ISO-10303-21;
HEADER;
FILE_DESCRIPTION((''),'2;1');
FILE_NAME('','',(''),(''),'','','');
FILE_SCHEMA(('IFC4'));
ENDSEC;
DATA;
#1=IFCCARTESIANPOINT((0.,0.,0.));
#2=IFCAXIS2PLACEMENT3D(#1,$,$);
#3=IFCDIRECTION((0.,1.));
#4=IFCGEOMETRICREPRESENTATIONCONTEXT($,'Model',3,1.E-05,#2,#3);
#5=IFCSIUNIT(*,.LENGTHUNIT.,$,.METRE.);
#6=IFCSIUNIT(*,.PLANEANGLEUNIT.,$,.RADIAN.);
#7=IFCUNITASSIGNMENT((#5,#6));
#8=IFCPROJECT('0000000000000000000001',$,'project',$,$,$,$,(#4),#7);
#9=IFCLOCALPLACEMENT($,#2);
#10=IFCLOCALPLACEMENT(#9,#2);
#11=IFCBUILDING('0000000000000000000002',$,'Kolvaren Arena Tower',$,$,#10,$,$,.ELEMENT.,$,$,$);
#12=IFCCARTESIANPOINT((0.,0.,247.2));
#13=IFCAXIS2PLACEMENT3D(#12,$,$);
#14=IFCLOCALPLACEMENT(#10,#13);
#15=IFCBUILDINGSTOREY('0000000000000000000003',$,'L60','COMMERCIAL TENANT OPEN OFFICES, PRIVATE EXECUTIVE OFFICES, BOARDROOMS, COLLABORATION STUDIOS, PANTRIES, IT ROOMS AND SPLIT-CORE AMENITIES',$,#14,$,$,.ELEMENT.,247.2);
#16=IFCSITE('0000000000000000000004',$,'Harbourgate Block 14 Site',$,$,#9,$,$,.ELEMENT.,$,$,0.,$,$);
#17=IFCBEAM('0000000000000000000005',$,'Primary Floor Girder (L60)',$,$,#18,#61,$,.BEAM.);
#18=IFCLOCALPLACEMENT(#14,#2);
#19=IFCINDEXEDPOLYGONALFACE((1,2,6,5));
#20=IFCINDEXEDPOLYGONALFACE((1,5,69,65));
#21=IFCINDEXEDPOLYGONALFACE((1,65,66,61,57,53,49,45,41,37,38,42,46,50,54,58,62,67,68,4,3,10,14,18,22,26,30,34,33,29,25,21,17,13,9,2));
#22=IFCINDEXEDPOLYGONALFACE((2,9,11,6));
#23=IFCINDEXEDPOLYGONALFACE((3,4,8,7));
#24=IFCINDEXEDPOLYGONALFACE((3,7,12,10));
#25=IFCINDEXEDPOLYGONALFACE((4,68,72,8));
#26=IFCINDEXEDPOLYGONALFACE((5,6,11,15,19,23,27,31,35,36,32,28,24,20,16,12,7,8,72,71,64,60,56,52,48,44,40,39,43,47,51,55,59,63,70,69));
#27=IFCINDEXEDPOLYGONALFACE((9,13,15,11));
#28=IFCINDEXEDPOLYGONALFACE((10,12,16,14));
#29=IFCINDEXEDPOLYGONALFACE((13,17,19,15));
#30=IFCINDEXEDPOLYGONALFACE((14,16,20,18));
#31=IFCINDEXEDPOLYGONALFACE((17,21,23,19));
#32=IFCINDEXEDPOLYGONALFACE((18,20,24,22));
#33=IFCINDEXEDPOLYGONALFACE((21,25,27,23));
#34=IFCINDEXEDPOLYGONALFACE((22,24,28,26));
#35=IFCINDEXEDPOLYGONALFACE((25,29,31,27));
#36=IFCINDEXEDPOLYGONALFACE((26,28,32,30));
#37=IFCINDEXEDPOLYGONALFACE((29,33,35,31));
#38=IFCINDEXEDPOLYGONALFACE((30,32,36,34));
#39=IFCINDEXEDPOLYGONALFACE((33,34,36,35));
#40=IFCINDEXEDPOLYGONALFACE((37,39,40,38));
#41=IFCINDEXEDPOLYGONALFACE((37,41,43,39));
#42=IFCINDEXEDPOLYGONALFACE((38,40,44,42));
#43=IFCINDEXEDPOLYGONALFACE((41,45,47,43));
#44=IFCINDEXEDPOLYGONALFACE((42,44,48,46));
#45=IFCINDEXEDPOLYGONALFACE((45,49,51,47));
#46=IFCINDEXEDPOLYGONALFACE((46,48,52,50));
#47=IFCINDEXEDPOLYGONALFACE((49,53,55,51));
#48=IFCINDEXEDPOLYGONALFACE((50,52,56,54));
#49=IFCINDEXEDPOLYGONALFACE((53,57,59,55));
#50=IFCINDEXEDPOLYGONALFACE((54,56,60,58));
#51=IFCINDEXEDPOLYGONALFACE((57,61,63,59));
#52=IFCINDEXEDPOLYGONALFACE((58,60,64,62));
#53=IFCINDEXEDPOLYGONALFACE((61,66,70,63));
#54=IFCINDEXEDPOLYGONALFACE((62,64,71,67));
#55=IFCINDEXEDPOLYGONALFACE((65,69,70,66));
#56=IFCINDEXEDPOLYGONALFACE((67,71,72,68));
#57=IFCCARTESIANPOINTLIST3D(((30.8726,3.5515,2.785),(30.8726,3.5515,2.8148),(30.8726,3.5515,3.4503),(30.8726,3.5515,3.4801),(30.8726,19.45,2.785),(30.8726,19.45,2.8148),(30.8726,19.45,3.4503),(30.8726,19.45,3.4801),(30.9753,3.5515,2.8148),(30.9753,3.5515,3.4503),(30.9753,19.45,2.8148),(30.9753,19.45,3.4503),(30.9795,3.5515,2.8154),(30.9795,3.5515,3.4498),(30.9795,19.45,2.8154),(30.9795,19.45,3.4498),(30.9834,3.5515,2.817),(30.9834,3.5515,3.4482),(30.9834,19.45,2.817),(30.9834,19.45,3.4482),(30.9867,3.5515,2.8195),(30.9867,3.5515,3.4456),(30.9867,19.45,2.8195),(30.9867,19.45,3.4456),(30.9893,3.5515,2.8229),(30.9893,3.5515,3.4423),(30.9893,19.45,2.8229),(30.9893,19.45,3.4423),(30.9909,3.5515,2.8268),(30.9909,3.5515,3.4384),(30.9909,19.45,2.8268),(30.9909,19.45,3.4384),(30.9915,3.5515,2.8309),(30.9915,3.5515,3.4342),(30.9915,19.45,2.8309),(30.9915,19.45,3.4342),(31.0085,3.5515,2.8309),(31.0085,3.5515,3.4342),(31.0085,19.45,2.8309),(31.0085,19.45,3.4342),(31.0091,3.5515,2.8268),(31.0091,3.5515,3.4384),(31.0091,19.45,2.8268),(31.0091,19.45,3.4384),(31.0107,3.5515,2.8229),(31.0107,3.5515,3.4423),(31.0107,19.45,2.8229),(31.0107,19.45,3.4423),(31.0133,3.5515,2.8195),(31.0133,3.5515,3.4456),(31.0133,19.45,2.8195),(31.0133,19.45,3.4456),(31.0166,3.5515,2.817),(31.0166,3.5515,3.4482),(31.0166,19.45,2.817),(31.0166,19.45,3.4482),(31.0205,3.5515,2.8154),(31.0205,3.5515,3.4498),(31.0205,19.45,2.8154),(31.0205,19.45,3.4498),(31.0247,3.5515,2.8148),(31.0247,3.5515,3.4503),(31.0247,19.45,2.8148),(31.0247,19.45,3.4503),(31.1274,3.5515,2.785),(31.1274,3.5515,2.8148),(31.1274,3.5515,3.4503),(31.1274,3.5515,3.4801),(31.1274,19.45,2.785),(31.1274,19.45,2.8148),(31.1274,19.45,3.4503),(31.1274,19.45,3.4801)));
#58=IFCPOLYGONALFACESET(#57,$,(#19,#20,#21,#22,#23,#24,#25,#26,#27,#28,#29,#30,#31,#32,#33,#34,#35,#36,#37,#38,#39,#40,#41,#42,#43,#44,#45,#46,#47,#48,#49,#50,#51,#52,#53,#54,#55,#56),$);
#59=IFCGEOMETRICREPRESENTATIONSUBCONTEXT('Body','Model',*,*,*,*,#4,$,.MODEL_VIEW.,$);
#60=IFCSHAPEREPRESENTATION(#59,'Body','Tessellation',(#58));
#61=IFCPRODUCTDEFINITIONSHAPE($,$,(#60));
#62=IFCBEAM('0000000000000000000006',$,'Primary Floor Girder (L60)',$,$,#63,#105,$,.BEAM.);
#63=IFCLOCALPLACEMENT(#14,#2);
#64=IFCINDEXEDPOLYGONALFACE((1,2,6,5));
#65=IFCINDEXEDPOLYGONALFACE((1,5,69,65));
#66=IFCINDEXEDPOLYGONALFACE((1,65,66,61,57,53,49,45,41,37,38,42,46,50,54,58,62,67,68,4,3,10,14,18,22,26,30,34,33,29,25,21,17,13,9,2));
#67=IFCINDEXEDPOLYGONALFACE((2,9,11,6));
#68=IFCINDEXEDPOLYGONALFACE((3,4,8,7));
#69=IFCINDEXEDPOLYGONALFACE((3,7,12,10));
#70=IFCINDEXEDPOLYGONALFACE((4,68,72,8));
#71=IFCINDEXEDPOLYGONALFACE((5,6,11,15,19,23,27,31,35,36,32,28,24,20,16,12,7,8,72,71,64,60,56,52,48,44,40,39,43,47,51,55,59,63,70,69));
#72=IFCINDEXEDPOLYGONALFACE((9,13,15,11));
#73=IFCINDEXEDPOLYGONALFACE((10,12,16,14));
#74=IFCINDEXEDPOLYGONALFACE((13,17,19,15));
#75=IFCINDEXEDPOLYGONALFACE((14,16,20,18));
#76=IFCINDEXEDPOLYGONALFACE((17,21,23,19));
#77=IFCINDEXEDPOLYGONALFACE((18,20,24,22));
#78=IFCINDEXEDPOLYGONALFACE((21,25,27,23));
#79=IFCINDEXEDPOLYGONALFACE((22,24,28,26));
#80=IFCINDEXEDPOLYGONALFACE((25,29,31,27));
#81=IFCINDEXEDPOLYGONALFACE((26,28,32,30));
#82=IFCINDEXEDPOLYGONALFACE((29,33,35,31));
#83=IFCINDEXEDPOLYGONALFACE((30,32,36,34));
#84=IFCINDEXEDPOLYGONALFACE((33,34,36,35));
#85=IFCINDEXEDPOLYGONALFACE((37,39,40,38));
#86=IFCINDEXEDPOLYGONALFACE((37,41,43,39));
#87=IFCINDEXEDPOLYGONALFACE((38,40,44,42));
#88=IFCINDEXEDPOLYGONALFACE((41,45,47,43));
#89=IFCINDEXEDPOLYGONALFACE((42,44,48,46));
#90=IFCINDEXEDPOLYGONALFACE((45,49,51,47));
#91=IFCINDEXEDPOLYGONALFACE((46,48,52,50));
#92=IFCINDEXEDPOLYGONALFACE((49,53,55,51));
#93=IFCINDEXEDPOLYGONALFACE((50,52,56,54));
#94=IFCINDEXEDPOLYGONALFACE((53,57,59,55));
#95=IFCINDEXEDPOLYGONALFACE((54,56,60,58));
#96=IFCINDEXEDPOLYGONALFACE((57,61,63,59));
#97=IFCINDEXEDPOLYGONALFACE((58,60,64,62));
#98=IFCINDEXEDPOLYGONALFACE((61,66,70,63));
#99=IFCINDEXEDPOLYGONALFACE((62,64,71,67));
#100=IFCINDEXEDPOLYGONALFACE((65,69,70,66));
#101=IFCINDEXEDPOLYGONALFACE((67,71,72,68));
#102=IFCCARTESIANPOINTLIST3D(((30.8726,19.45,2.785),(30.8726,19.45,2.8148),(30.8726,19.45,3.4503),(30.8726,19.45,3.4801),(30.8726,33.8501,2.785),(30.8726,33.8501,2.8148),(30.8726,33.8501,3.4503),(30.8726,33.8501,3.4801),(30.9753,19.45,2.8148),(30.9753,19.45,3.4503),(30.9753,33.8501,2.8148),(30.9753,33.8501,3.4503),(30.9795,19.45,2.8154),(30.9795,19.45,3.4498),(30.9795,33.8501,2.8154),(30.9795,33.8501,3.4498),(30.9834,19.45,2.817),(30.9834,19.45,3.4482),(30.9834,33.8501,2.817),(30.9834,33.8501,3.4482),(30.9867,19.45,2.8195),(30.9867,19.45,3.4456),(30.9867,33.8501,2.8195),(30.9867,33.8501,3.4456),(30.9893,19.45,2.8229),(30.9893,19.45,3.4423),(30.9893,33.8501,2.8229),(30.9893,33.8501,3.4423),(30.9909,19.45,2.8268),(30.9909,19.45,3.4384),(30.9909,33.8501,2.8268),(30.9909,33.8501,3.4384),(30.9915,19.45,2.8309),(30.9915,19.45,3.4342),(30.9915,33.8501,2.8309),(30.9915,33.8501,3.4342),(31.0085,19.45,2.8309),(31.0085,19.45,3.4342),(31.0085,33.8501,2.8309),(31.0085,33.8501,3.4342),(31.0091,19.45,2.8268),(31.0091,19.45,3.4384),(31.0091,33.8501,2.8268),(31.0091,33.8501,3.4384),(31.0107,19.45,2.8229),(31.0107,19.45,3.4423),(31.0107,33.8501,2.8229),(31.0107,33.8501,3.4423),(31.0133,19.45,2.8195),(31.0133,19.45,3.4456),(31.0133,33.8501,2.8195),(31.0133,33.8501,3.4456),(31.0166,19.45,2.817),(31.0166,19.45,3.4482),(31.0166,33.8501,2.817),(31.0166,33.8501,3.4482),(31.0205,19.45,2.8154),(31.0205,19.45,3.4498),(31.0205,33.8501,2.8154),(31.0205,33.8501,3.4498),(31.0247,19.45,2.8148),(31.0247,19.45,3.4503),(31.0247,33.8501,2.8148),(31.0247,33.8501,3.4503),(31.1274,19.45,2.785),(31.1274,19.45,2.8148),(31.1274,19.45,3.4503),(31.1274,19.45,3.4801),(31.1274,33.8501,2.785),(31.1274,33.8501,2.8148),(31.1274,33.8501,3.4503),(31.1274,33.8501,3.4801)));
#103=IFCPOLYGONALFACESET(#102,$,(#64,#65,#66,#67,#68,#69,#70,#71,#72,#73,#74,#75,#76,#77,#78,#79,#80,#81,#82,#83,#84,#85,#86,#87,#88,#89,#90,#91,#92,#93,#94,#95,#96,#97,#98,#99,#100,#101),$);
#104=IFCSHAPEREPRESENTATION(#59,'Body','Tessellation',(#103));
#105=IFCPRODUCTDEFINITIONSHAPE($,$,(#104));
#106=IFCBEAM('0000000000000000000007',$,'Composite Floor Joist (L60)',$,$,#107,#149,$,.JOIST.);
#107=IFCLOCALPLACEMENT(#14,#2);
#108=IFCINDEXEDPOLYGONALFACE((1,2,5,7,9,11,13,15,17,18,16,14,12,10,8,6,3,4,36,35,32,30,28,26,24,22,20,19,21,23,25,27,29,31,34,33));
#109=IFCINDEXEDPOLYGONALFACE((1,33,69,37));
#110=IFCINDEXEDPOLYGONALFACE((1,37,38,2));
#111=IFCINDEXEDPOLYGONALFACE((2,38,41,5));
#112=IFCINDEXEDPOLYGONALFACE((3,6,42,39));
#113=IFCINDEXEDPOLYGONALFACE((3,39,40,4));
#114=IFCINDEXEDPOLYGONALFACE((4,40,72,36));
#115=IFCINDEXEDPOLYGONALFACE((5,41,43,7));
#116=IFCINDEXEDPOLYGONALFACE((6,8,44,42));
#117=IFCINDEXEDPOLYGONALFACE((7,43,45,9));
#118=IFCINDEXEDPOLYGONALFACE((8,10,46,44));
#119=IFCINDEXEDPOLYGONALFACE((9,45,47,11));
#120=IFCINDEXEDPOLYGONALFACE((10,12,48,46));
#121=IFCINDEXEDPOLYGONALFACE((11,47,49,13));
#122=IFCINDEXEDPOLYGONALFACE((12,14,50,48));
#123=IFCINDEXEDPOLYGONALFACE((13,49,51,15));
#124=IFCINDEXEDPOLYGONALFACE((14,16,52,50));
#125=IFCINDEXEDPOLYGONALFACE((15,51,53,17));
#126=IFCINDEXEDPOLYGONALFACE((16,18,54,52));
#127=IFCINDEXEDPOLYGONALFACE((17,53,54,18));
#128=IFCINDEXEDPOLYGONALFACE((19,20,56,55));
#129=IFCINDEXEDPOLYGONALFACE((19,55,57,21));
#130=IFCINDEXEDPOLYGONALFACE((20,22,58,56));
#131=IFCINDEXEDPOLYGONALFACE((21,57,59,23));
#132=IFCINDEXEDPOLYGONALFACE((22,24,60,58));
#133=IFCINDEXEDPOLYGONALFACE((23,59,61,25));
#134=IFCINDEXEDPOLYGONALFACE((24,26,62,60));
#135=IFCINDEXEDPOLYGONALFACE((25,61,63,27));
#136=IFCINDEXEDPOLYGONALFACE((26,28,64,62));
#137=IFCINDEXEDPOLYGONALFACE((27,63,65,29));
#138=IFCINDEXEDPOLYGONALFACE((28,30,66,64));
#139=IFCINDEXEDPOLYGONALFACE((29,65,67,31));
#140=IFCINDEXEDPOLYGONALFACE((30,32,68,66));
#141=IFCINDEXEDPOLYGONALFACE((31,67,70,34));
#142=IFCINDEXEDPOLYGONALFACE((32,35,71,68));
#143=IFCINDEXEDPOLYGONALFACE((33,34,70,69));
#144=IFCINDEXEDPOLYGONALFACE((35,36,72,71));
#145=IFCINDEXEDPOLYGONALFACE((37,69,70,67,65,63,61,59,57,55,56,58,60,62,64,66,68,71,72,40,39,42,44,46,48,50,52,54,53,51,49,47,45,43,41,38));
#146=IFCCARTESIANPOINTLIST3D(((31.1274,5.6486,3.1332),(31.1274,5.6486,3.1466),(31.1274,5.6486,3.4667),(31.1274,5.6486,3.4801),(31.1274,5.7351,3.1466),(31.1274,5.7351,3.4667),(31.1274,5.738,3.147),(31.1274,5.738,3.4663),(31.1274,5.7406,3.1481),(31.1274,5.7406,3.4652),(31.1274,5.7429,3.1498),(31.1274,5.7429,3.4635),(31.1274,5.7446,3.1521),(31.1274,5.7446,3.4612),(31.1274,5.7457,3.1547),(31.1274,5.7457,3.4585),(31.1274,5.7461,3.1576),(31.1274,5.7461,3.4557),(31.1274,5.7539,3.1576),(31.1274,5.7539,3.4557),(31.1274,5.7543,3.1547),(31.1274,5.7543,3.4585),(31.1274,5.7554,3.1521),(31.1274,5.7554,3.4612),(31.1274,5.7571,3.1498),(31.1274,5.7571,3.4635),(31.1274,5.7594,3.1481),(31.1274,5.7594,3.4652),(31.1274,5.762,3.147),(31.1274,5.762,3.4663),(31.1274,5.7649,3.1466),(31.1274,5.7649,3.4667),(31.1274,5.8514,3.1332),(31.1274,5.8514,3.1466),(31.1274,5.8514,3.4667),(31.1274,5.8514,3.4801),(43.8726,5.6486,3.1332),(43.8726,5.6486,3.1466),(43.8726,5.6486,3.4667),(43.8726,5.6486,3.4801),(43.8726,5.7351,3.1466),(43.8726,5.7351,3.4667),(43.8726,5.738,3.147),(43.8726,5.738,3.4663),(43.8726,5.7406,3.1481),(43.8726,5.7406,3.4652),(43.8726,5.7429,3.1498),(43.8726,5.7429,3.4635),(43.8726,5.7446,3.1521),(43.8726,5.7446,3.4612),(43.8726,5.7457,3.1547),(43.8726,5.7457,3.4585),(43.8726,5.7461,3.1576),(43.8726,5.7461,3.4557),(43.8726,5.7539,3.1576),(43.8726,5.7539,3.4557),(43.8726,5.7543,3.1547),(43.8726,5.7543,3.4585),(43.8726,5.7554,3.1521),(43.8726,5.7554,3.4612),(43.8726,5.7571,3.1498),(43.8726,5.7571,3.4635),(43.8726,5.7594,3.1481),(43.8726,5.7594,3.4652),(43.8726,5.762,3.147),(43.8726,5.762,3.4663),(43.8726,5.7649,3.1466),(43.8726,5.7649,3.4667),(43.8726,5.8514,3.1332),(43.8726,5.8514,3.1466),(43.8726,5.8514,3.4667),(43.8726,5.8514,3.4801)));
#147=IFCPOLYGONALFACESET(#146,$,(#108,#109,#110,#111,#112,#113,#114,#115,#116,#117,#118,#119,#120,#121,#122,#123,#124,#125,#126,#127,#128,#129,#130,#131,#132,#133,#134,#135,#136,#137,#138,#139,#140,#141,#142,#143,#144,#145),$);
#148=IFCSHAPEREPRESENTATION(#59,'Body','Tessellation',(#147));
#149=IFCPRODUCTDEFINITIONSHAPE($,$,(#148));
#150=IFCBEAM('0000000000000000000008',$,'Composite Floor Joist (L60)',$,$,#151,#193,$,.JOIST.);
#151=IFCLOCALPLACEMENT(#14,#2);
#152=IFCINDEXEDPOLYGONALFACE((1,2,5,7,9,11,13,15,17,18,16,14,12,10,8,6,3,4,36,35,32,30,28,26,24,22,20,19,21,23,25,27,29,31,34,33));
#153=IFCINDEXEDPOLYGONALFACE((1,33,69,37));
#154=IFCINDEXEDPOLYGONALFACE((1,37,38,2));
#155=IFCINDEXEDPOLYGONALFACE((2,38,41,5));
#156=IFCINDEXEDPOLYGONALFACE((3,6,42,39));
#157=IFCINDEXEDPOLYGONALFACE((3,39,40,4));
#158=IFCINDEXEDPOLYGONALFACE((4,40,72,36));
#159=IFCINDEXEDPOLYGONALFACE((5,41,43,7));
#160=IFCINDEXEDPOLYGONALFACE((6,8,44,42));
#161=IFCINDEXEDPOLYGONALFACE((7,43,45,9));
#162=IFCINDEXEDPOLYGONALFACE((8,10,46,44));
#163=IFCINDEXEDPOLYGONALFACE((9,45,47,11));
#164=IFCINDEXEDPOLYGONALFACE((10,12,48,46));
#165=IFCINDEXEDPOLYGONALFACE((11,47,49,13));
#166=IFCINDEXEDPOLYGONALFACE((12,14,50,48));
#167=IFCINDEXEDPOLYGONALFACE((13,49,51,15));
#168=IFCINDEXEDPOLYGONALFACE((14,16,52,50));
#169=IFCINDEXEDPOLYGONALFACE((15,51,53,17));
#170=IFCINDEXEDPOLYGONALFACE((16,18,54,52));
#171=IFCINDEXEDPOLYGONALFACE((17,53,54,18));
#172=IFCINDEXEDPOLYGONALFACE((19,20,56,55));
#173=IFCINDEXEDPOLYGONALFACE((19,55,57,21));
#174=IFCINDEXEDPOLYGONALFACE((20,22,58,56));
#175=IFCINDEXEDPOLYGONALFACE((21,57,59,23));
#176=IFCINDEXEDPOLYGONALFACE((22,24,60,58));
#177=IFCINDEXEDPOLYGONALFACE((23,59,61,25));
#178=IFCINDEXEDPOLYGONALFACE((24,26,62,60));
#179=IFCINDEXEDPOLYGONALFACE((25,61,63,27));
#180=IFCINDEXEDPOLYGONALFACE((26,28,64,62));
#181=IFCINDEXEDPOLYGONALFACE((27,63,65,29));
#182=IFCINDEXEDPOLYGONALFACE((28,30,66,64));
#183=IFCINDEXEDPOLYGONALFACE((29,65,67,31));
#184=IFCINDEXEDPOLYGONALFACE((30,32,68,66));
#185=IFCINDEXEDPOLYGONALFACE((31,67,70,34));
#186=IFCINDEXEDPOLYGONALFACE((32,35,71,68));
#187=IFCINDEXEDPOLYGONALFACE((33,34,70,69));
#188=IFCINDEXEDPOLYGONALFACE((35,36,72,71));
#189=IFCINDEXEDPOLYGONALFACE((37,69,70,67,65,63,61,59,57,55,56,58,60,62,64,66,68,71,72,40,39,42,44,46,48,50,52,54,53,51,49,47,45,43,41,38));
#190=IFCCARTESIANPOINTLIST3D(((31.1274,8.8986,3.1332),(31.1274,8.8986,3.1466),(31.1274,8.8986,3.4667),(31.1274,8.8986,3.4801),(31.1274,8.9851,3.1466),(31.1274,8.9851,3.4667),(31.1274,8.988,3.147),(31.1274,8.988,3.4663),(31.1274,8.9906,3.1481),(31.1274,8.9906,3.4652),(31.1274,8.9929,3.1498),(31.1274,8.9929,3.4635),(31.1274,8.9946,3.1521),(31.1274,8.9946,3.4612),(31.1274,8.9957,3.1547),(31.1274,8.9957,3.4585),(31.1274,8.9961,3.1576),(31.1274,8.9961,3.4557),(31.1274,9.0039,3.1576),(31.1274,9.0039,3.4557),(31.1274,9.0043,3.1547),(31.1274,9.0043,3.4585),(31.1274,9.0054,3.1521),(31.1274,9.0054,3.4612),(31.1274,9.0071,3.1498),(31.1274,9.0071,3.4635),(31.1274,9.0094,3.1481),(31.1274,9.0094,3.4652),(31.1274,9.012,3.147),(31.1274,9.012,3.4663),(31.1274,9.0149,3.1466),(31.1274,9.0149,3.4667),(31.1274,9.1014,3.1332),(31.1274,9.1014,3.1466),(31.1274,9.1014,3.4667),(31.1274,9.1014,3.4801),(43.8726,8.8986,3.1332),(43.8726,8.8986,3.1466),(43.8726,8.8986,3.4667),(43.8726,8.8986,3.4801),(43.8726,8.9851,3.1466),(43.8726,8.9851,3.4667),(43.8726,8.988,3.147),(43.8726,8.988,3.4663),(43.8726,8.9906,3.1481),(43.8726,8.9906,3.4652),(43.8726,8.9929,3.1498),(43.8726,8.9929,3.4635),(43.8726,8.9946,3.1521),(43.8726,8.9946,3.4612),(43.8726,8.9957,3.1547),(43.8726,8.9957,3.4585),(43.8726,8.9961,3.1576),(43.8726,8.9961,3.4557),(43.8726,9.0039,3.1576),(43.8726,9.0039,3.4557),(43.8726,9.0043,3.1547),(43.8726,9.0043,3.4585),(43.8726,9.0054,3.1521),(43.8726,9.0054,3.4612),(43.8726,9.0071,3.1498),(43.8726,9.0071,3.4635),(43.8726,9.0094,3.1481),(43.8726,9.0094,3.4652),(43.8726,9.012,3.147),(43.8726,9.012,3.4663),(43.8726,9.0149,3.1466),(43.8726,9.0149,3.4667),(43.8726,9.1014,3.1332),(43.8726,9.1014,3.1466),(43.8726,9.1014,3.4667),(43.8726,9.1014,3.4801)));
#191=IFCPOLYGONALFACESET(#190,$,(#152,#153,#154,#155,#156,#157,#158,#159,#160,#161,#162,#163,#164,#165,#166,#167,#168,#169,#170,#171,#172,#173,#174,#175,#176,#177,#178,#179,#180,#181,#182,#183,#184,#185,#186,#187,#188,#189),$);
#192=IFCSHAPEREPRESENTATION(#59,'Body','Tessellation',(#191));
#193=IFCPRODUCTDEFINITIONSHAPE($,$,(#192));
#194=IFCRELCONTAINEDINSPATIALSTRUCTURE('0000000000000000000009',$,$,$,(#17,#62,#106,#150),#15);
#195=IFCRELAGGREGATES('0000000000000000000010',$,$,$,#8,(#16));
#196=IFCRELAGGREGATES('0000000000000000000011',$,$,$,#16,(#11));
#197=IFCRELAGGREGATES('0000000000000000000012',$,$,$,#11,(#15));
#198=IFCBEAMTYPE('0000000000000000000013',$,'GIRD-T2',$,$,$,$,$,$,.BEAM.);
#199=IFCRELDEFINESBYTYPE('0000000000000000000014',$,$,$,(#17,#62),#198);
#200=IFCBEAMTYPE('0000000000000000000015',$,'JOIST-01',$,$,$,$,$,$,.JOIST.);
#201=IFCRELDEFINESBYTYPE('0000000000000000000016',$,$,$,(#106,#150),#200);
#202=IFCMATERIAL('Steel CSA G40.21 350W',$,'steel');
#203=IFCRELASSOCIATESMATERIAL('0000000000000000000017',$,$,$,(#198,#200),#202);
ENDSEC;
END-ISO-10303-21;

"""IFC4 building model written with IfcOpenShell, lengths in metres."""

from ifc_helpers import new_model, si_unit, direction, frame, origin, origin_2d, place, context, subcontext, project, spatial, i_section, extrude, material, material_profile, profile_set, type_object, element, save


model = new_model("IFC4")

# Units and contexts
model_context = context("Model", 3, precision=1e-05, world=origin(), true_north=direction((0.0, 1.0)))
body_context = subcontext(model_context, "Body", "Model", "MODEL_VIEW")
ifc_project = project(units=[si_unit("LENGTHUNIT", "METRE"), si_unit("PLANEANGLEUNIT", "RADIAN")], contexts=[model_context])

# Site, building, storey
site_placement = place(None, origin())
site = spatial("IfcSite", under=ifc_project, at=site_placement, Name="Harbourgate Block 14 Site", CompositionType="ELEMENT", RefElevation=0.0)
building_placement = place(site_placement, origin())
building = spatial("IfcBuilding", under=site, at=building_placement, Name="Kolvaren Arena Tower", CompositionType="ELEMENT")
storey_placement = place(building_placement, frame((0.0, 0.0, 247.2)))
storey = spatial("IfcBuildingStorey", under=building, at=storey_placement, Name="L60", Description="COMMERCIAL TENANT OPEN OFFICES, PRIVATE EXECUTIVE OFFICES, BOARDROOMS, COLLABORATION STUDIOS, PANTRIES, IT ROOMS AND SPLIT-CORE AMENITIES", CompositionType="ELEMENT", Elevation=247.2)

# Beams
ifc_material_1 = material(Name="Steel CSA G40.21 350W", Category="steel")
ifc_material_profile_1 = material_profile(ifc_material_1, i_section(OverallWidth=0.2549, OverallDepth=0.6951, WebThickness=0.0171, FlangeThickness=0.0298, FilletRadius=0.0161, at=origin_2d()), Name="W690x217")
ifc_profile_set_1 = profile_set([ifc_material_profile_1], Name="Steel CSA G40.21 350W")
beam_type_1 = type_object("IfcBeamType", Name="GIRD-T2", PredefinedType="BEAM", material=ifc_profile_set_1)
beam_1_placement = place(storey_placement, frame((31.0, 3.5515, 3.1326), z_axis=(0.0, 1.0, 0.0), x_axis=(-1.0, 0.0, 0.0)))
element("IfcBeam", 1, at=beam_1_placement, inside=storey, type_object=beam_type_1, Name="Primary Floor Girder (L60)", PredefinedType="BEAM", context=body_context, shape_type="SweptSolid", body=[
    extrude(i_section(OverallWidth=0.2549, OverallDepth=0.6951, WebThickness=0.0171, FlangeThickness=0.0298, FilletRadius=0.0161, at=origin_2d()), origin(), (0.0, 0.0, 1.0), 15.8984),
])
beam_2_placement = place(storey_placement, frame((31.0, 19.45, 3.1326), z_axis=(0.0, 1.0, 0.0), x_axis=(-1.0, 0.0, 0.0)))
element("IfcBeam", 2, at=beam_2_placement, inside=storey, type_object=beam_type_1, Name="Primary Floor Girder (L60)", PredefinedType="BEAM", context=body_context, shape_type="SweptSolid", body=[
    extrude(i_section(OverallWidth=0.2549, OverallDepth=0.6951, WebThickness=0.0171, FlangeThickness=0.0298, FilletRadius=0.0161, at=origin_2d()), origin(), (0.0, 0.0, 1.0), 14.4001),
])
ifc_material_profile_2 = material_profile(ifc_material_1, i_section(OverallWidth=0.2029, OverallDepth=0.3469, WebThickness=0.0078, FlangeThickness=0.0134, FilletRadius=0.011, at=origin_2d()), Name="W360x64")
ifc_profile_set_2 = profile_set([ifc_material_profile_2], Name="Steel CSA G40.21 350W")
beam_type_2 = type_object("IfcBeamType", Name="JOIST-01", PredefinedType="JOIST", material=ifc_profile_set_2)
for number, where, z_axis, x_axis, name in (
    (3, (31.1274, 5.75, 3.3066), (1.0, 0.0, 0.0), (0.0, 1.0, 0.0), "Composite Floor Joist (L60)"),
    (4, (31.1274, 9.0, 3.3066), (1.0, 0.0, 0.0), (0.0, 1.0, 0.0), "Composite Floor Joist (L60)"),
):
    element("IfcBeam", number, at=place(storey_placement, frame(where, z_axis=z_axis, x_axis=x_axis)), inside=storey, type_object=beam_type_2, Name=name, PredefinedType="JOIST", context=body_context, shape_type="SweptSolid", body=[
        extrude(i_section(OverallWidth=0.2029, OverallDepth=0.3469, WebThickness=0.0078, FlangeThickness=0.0134, FilletRadius=0.011, at=origin_2d()), origin(), (0.0, 0.0, 1.0), 12.7451),
    ])

save(model, "model.ifc")
